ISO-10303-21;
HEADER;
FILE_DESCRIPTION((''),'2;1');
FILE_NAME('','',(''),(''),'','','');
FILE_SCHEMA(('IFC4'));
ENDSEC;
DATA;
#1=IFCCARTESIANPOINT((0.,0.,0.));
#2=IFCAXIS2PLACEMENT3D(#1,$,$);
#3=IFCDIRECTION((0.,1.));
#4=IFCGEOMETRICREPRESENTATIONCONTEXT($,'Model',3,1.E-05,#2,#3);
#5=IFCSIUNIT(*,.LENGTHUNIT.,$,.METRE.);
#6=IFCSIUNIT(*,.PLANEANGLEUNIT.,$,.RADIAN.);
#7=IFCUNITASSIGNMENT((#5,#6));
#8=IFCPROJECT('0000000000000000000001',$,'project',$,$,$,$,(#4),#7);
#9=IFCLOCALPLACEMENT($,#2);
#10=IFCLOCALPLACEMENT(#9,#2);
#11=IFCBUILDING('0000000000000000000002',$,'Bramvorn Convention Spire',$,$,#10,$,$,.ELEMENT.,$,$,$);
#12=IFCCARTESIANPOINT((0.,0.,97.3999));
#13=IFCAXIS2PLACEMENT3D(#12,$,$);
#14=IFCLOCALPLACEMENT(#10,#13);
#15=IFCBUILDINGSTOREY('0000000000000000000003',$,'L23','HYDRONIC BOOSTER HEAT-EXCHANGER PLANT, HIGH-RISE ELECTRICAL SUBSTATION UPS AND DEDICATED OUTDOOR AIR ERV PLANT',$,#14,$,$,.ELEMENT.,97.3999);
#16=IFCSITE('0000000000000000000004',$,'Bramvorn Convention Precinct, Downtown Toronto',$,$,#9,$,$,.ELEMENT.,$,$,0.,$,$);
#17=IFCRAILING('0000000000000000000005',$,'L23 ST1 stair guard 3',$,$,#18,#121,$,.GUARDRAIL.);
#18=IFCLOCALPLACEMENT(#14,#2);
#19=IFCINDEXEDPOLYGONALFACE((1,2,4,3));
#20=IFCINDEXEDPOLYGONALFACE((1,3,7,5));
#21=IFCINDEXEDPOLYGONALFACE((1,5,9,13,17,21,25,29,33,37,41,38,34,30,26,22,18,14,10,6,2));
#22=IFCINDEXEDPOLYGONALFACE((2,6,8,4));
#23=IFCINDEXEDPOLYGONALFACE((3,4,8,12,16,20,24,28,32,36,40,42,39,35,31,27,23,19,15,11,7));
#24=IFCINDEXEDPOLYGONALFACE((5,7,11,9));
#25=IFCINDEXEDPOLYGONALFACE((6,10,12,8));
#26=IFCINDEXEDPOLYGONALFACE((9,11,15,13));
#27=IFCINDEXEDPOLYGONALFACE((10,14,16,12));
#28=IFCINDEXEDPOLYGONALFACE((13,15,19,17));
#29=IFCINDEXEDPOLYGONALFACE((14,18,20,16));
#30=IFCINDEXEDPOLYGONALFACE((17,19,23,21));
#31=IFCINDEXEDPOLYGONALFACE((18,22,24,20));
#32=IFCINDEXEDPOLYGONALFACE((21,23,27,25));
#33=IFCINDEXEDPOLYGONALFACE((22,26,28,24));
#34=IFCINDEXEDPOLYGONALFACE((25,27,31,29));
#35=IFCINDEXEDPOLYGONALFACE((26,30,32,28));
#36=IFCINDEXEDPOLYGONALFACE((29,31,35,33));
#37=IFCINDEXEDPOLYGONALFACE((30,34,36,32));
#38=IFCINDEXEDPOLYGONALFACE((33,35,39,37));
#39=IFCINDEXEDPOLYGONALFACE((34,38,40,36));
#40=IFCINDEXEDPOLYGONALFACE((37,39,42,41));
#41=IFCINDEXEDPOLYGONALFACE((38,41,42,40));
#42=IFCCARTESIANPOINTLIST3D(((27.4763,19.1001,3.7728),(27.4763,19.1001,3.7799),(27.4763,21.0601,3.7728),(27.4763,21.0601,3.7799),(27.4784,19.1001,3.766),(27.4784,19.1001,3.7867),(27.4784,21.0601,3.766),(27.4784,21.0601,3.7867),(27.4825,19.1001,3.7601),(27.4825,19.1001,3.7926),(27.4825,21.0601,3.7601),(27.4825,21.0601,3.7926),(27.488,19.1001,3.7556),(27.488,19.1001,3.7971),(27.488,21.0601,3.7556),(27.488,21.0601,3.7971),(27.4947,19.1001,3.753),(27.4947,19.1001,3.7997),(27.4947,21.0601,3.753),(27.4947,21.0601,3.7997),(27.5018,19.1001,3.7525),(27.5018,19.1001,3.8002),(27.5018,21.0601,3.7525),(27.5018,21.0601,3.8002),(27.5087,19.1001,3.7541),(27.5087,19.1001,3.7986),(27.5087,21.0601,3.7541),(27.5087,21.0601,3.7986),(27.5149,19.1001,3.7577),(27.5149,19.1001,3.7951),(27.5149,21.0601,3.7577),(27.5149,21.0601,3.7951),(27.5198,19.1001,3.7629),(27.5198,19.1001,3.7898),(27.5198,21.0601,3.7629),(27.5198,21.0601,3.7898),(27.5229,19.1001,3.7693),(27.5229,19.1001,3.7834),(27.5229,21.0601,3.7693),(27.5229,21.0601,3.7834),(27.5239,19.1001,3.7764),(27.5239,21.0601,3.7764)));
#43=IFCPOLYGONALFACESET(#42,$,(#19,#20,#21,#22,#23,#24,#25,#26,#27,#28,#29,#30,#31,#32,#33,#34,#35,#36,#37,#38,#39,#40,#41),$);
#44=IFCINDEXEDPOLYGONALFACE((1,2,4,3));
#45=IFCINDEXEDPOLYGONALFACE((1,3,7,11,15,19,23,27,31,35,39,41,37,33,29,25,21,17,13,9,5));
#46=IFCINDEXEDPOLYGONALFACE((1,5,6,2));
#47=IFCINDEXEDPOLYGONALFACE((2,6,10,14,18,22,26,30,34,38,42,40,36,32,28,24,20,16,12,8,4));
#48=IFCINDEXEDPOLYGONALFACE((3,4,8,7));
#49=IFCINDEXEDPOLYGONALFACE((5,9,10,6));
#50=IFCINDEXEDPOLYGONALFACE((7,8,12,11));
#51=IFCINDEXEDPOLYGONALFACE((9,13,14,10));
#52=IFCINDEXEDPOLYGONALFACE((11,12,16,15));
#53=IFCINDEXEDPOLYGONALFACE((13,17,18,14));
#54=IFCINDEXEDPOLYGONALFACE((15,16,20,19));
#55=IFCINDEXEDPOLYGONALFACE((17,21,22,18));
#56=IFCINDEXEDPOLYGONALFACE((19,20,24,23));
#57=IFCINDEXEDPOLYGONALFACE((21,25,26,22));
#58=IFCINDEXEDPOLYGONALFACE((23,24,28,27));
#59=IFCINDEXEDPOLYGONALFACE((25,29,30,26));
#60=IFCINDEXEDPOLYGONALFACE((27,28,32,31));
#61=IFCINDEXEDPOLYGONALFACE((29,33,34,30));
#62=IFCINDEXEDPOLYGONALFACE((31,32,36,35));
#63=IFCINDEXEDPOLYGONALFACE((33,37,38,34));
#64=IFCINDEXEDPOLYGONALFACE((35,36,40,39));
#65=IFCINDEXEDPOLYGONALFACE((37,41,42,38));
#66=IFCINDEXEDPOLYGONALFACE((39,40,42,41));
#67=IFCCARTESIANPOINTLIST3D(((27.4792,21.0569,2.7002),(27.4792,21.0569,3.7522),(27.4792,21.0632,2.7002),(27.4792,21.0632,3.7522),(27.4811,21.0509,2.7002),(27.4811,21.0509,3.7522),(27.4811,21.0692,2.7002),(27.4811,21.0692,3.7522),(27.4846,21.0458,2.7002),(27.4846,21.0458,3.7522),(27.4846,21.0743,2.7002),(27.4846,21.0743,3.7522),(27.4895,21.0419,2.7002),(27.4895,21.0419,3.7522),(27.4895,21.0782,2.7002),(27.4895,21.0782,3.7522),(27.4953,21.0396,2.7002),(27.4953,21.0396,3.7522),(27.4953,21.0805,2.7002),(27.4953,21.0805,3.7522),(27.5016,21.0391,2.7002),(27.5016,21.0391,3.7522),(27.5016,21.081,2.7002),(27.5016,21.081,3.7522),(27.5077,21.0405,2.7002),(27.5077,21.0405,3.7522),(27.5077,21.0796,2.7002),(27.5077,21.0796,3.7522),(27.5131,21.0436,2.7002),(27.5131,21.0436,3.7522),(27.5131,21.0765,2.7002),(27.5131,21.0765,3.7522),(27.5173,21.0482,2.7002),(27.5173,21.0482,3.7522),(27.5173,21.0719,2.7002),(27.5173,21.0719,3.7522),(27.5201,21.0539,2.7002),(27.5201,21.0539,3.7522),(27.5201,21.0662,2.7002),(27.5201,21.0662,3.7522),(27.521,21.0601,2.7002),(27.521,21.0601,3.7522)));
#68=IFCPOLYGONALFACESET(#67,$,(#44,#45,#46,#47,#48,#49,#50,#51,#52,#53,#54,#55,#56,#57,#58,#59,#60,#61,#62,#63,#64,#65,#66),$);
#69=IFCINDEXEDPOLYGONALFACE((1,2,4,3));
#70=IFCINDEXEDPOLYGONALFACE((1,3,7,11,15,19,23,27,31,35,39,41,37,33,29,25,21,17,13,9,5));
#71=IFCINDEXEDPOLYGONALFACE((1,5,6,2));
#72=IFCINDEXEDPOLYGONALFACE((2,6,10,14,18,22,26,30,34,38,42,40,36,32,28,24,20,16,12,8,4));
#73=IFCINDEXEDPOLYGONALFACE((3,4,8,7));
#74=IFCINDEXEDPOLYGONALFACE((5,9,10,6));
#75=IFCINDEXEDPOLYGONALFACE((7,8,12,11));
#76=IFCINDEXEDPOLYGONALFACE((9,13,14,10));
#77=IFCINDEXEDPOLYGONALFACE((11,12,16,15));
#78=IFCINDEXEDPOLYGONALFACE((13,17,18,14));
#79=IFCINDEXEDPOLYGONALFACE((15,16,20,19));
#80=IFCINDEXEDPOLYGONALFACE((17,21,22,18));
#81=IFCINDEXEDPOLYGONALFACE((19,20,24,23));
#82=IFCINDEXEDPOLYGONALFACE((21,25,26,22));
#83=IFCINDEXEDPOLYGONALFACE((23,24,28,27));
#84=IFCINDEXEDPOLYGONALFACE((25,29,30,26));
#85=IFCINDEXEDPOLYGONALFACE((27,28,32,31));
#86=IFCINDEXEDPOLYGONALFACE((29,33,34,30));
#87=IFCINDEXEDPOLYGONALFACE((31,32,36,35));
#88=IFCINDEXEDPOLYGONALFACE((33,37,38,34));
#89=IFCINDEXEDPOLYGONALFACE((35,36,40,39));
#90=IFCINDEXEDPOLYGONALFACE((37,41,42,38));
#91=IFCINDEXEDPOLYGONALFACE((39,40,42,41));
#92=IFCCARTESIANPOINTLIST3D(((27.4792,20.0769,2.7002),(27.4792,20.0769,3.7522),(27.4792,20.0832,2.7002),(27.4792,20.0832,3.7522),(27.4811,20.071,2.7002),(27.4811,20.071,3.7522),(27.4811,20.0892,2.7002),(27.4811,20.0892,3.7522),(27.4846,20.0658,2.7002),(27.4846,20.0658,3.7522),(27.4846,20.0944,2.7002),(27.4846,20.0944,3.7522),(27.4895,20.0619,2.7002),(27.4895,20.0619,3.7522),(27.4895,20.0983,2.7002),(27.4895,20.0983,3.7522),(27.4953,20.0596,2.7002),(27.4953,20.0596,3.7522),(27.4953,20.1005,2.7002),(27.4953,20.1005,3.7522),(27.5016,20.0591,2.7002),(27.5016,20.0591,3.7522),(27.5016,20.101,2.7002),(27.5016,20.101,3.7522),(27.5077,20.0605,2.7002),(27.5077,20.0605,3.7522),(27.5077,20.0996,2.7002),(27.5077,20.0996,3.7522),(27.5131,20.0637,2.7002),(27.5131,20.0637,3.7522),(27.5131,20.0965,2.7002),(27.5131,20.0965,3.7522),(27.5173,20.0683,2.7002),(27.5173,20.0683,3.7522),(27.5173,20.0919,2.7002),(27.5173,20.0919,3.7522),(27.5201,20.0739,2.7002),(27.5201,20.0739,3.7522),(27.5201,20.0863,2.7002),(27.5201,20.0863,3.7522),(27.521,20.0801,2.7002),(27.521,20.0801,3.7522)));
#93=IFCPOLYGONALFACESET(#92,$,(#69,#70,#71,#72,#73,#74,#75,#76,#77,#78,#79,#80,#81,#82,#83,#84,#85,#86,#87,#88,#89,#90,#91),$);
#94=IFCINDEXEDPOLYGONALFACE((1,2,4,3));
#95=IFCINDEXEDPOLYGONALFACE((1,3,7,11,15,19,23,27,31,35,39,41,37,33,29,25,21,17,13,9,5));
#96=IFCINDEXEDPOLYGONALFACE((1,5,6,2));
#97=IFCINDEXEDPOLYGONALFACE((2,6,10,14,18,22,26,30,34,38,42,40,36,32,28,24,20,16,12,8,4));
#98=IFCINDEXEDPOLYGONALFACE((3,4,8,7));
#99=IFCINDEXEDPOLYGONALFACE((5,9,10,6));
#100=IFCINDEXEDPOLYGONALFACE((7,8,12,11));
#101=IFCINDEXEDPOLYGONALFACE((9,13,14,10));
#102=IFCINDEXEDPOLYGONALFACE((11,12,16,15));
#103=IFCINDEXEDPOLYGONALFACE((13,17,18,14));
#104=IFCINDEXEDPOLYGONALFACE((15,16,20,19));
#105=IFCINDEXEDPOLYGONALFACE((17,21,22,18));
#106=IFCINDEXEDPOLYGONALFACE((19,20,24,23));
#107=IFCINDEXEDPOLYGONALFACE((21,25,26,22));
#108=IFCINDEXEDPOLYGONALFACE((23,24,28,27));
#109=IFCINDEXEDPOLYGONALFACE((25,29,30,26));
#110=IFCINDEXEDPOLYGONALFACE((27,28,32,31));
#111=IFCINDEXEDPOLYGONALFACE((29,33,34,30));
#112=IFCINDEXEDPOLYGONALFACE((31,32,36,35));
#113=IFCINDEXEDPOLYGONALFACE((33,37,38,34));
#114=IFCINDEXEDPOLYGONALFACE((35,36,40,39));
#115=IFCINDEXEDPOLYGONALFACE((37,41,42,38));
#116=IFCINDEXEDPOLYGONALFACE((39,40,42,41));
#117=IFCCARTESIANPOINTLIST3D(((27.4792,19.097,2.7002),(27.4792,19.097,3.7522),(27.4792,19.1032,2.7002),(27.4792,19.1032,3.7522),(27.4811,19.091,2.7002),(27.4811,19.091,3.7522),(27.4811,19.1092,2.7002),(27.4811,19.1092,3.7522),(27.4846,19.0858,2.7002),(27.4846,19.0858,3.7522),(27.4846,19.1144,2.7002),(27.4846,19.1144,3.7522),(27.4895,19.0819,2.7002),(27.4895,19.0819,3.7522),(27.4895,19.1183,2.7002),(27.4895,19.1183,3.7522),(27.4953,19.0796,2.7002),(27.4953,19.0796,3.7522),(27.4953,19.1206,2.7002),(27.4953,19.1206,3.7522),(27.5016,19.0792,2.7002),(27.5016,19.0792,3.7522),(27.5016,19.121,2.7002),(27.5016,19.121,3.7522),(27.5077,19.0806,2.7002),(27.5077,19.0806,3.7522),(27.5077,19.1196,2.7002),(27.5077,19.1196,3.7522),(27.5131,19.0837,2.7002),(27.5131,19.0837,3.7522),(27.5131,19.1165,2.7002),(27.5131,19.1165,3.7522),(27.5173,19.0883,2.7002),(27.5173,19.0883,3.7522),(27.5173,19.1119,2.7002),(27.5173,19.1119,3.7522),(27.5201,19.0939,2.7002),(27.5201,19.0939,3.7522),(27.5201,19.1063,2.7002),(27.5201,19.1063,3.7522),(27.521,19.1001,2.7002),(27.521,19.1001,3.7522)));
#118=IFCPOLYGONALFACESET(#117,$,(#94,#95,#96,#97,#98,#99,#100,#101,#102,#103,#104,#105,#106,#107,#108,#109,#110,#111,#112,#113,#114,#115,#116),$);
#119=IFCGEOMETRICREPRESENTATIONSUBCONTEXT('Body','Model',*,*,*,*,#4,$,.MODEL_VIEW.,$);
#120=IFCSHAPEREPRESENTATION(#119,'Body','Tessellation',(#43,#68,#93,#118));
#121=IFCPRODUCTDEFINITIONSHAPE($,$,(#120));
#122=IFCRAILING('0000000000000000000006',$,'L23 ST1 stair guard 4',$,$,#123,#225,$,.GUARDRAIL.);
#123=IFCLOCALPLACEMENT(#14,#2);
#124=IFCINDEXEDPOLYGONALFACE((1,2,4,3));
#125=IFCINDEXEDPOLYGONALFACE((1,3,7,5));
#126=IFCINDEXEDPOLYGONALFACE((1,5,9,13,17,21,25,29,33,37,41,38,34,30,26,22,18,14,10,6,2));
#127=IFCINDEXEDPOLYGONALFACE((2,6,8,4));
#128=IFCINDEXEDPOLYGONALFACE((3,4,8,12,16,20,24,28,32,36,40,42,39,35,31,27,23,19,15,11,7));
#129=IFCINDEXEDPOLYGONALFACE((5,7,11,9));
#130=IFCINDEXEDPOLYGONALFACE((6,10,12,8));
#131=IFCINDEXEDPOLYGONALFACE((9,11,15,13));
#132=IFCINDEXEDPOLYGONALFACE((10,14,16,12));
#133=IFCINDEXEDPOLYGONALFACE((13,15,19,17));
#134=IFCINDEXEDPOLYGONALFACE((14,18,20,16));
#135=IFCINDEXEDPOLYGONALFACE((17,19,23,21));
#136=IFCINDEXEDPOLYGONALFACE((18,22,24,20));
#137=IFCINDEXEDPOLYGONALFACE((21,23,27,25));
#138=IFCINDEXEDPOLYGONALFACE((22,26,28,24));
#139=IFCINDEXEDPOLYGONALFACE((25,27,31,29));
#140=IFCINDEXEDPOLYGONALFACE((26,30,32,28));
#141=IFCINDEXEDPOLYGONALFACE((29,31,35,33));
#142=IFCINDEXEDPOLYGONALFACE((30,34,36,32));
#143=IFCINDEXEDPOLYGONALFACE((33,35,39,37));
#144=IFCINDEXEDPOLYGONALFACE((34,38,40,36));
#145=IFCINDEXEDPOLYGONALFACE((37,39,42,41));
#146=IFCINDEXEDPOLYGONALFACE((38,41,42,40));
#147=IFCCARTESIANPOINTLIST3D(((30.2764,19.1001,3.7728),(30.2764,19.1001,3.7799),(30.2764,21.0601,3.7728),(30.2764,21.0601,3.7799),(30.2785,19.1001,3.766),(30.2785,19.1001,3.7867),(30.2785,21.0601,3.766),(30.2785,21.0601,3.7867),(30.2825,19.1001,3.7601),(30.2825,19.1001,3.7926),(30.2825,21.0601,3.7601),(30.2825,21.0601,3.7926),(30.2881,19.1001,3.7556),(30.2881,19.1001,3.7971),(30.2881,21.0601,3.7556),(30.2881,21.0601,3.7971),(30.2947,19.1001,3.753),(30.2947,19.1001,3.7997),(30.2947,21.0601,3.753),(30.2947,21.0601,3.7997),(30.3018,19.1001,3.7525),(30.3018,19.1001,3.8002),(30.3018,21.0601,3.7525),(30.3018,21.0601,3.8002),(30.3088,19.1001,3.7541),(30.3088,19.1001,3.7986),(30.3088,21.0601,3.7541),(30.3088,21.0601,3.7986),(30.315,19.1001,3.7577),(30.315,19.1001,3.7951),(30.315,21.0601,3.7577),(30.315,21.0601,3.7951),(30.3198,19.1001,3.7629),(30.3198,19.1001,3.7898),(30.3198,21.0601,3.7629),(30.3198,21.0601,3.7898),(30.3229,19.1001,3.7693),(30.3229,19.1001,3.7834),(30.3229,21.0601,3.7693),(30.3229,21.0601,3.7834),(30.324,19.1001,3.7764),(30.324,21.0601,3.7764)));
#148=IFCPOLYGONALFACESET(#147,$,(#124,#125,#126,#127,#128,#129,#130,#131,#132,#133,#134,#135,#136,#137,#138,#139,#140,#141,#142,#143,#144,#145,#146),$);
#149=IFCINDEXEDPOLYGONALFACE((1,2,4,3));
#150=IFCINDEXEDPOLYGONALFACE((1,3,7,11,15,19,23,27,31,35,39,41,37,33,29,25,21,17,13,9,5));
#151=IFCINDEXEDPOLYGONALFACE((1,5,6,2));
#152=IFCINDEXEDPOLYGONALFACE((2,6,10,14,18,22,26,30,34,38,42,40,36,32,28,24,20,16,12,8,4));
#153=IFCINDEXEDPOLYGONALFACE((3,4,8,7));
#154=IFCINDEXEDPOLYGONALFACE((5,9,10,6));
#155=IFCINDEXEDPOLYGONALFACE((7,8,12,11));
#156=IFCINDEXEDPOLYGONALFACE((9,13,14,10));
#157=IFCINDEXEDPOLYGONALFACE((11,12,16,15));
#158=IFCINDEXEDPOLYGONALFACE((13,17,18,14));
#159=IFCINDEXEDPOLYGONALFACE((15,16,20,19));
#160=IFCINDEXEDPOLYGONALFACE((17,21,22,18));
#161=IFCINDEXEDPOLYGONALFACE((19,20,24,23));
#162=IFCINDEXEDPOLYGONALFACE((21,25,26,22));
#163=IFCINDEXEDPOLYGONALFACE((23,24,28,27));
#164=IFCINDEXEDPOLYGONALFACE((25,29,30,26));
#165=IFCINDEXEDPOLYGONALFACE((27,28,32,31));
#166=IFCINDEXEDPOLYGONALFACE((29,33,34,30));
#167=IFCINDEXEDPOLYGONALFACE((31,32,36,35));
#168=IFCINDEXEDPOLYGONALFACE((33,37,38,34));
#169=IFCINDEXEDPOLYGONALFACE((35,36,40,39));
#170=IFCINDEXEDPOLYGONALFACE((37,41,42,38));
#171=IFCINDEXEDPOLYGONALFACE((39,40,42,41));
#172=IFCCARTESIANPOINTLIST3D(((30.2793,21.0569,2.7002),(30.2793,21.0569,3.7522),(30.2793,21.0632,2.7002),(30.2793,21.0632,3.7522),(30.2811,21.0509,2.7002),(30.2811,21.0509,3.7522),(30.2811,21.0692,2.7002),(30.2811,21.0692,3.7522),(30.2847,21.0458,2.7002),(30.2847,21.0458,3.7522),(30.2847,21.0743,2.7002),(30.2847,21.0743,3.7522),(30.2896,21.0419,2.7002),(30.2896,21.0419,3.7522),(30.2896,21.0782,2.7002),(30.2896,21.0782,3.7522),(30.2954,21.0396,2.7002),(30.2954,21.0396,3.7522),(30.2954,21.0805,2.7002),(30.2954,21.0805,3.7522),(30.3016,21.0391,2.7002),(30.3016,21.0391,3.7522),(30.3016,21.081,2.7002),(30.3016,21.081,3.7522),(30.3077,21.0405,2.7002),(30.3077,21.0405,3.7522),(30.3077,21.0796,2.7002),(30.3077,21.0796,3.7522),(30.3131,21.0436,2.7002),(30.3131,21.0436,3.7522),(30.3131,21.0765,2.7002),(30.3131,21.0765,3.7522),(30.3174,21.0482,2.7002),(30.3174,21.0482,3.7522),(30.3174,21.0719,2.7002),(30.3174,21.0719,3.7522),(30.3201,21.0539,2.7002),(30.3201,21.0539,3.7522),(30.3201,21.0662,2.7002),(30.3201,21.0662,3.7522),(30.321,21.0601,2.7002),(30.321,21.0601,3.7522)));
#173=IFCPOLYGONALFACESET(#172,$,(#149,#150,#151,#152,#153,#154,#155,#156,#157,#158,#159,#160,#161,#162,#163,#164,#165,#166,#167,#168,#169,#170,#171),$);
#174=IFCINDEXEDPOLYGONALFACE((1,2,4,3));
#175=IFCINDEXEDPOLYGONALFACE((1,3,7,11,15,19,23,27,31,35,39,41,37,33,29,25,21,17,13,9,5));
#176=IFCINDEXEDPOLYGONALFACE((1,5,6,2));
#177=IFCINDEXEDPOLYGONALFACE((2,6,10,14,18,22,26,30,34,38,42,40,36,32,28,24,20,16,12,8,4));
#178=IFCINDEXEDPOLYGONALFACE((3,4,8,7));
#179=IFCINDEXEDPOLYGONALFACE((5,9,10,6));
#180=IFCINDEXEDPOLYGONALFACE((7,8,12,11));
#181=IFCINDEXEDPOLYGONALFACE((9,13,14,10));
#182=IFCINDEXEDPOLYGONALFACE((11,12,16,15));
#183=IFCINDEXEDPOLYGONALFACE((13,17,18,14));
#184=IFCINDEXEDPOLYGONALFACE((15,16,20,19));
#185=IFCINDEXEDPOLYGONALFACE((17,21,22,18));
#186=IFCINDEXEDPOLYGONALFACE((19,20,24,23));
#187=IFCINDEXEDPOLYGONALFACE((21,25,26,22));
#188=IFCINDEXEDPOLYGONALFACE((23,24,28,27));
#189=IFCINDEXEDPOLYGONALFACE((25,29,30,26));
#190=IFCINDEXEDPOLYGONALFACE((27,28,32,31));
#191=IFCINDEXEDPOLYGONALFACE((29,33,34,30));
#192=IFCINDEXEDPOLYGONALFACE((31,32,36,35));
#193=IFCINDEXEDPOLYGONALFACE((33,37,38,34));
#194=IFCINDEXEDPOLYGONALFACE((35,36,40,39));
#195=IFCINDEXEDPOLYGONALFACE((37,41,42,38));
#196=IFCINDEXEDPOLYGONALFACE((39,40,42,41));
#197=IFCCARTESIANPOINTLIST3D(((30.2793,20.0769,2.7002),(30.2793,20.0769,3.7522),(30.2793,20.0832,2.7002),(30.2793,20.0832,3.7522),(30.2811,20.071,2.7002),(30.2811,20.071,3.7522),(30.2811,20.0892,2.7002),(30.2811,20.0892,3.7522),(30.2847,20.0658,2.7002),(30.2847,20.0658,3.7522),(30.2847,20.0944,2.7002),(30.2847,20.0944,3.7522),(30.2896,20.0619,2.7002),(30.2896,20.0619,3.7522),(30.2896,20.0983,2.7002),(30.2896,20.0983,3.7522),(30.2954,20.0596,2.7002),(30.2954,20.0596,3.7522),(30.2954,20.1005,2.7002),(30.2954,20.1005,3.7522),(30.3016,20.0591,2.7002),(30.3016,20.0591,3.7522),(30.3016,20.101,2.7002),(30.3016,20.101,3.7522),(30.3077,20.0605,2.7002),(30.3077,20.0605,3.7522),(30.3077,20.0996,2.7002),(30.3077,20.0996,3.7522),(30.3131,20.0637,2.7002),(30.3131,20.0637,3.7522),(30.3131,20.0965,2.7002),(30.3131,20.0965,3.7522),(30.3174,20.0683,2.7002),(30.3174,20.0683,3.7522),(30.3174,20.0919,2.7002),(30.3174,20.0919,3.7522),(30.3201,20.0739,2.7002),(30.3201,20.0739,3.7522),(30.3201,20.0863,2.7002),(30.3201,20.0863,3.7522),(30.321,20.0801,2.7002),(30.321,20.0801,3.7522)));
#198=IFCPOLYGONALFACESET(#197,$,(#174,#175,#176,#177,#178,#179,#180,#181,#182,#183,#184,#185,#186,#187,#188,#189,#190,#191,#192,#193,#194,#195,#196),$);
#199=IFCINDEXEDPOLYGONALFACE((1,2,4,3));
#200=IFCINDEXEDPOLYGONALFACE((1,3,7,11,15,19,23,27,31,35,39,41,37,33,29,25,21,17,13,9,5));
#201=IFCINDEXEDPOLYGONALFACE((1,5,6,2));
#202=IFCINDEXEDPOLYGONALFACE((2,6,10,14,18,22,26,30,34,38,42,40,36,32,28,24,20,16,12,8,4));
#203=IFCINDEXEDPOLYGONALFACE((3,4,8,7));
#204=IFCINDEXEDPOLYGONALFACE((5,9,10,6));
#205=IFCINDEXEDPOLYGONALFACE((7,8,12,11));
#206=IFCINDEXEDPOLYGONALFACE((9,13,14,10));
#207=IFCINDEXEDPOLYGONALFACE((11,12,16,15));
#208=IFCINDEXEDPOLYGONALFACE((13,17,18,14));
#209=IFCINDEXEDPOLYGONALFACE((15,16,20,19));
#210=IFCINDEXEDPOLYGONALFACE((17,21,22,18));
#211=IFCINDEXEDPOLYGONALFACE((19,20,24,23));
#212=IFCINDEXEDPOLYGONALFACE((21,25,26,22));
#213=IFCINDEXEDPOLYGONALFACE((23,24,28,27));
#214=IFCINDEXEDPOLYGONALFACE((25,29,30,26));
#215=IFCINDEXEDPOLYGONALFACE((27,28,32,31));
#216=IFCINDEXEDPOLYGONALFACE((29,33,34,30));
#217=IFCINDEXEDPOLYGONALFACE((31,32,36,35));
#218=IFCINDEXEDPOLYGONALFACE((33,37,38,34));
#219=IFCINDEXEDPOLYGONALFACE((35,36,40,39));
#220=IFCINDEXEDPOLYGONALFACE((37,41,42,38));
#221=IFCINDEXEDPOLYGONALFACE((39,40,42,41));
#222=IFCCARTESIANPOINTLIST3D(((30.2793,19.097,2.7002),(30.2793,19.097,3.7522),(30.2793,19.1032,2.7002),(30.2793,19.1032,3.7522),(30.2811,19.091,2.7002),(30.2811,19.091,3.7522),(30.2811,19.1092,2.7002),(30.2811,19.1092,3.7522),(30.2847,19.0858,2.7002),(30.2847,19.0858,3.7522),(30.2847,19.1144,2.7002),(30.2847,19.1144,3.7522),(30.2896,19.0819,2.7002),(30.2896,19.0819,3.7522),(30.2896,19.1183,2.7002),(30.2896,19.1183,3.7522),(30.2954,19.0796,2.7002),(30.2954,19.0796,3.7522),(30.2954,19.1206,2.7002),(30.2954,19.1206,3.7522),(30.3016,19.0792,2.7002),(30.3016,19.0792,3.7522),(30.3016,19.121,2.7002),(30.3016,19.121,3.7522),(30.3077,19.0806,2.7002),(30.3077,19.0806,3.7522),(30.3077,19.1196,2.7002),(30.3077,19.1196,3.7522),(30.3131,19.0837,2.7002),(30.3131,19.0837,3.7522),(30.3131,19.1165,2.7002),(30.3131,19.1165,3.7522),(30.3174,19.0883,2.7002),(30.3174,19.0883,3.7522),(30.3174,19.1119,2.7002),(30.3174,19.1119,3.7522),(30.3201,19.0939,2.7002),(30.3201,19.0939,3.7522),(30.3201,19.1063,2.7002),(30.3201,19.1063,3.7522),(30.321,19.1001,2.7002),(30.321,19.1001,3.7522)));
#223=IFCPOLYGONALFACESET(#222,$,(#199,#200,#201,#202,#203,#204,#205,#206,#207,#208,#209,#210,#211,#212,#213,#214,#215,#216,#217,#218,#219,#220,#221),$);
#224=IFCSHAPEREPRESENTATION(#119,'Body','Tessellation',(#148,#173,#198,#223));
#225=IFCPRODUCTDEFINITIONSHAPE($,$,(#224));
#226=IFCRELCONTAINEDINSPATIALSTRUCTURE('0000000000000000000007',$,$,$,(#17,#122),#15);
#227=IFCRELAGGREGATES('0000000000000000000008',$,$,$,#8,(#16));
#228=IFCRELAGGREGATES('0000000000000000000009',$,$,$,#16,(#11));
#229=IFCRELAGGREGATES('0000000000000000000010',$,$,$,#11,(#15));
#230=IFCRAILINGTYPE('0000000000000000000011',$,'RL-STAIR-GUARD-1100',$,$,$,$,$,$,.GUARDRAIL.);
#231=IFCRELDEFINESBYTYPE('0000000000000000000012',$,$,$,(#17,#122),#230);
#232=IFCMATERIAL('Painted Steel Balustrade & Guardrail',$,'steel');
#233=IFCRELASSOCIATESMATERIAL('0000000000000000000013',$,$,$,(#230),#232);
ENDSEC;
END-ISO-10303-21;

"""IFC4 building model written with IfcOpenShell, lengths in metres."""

from ifc_helpers import new_model, si_unit, direction, frame, origin, origin_2d, place, context, subcontext, project, spatial, circle, extrude, material, type_object, element, save


model = new_model("IFC4")

# Units and contexts
model_context = context("Model", 3, precision=1e-05, world=origin(), true_north=direction((0.0, 1.0)))
body_context = subcontext(model_context, "Body", "Model", "MODEL_VIEW")
ifc_project = project(units=[si_unit("LENGTHUNIT", "METRE"), si_unit("PLANEANGLEUNIT", "RADIAN")], contexts=[model_context])

# Site, building, storey
site_placement = place(None, origin())
site = spatial("IfcSite", under=ifc_project, at=site_placement, Name="Bramvorn Convention Precinct, Downtown Toronto", CompositionType="ELEMENT", RefElevation=0.0)
building_placement = place(site_placement, origin())
building = spatial("IfcBuilding", under=site, at=building_placement, Name="Bramvorn Convention Spire", CompositionType="ELEMENT")
storey_placement = place(building_placement, frame((0.0, 0.0, 97.3999)))
storey = spatial("IfcBuildingStorey", under=building, at=storey_placement, Name="L23", Description="HYDRONIC BOOSTER HEAT-EXCHANGER PLANT, HIGH-RISE ELECTRICAL SUBSTATION UPS AND DEDICATED OUTDOOR AIR ERV PLANT", CompositionType="ELEMENT", Elevation=97.3999)

# Railings
ifc_material_1 = material(Name="Painted Steel Balustrade & Guardrail", Category="steel")
railing_type_1 = type_object("IfcRailingType", Name="RL-STAIR-GUARD-1100", PredefinedType="GUARDRAIL", material=ifc_material_1)
for number, where, name in (
    (1, (27.5, 21.0601, 2.7002), "L23 ST1 stair guard 3"),
    (2, (30.3, 21.0601, 2.7002), "L23 ST1 stair guard 4"),
):
    element("IfcRailing", number, at=place(storey_placement, frame(where)), inside=storey, type_object=railing_type_1, Name=name, PredefinedType="GUARDRAIL", context=body_context, shape_type="SweptSolid", body=[
        extrude(circle(Radius=0.0239, at=origin_2d()), frame((0.0, 0.0, 1.0762), z_axis=(0.0, -1.0, 0.0), x_axis=(1.0, 0.0, 0.0)), (0.0, 0.0, 1.0), 1.96),
        extrude(circle(Radius=0.021, at=origin_2d()), origin(), (0.0, 0.0, 1.0), 1.052),
        extrude(circle(Radius=0.021, at=origin_2d()), frame((0.0, -0.98, 0.0)), (0.0, 0.0, 1.0), 1.052),
        extrude(circle(Radius=0.021, at=origin_2d()), frame((0.0, -1.96, 0.0)), (0.0, 0.0, 1.0), 1.052),
    ])

save(model, "model.ifc")
